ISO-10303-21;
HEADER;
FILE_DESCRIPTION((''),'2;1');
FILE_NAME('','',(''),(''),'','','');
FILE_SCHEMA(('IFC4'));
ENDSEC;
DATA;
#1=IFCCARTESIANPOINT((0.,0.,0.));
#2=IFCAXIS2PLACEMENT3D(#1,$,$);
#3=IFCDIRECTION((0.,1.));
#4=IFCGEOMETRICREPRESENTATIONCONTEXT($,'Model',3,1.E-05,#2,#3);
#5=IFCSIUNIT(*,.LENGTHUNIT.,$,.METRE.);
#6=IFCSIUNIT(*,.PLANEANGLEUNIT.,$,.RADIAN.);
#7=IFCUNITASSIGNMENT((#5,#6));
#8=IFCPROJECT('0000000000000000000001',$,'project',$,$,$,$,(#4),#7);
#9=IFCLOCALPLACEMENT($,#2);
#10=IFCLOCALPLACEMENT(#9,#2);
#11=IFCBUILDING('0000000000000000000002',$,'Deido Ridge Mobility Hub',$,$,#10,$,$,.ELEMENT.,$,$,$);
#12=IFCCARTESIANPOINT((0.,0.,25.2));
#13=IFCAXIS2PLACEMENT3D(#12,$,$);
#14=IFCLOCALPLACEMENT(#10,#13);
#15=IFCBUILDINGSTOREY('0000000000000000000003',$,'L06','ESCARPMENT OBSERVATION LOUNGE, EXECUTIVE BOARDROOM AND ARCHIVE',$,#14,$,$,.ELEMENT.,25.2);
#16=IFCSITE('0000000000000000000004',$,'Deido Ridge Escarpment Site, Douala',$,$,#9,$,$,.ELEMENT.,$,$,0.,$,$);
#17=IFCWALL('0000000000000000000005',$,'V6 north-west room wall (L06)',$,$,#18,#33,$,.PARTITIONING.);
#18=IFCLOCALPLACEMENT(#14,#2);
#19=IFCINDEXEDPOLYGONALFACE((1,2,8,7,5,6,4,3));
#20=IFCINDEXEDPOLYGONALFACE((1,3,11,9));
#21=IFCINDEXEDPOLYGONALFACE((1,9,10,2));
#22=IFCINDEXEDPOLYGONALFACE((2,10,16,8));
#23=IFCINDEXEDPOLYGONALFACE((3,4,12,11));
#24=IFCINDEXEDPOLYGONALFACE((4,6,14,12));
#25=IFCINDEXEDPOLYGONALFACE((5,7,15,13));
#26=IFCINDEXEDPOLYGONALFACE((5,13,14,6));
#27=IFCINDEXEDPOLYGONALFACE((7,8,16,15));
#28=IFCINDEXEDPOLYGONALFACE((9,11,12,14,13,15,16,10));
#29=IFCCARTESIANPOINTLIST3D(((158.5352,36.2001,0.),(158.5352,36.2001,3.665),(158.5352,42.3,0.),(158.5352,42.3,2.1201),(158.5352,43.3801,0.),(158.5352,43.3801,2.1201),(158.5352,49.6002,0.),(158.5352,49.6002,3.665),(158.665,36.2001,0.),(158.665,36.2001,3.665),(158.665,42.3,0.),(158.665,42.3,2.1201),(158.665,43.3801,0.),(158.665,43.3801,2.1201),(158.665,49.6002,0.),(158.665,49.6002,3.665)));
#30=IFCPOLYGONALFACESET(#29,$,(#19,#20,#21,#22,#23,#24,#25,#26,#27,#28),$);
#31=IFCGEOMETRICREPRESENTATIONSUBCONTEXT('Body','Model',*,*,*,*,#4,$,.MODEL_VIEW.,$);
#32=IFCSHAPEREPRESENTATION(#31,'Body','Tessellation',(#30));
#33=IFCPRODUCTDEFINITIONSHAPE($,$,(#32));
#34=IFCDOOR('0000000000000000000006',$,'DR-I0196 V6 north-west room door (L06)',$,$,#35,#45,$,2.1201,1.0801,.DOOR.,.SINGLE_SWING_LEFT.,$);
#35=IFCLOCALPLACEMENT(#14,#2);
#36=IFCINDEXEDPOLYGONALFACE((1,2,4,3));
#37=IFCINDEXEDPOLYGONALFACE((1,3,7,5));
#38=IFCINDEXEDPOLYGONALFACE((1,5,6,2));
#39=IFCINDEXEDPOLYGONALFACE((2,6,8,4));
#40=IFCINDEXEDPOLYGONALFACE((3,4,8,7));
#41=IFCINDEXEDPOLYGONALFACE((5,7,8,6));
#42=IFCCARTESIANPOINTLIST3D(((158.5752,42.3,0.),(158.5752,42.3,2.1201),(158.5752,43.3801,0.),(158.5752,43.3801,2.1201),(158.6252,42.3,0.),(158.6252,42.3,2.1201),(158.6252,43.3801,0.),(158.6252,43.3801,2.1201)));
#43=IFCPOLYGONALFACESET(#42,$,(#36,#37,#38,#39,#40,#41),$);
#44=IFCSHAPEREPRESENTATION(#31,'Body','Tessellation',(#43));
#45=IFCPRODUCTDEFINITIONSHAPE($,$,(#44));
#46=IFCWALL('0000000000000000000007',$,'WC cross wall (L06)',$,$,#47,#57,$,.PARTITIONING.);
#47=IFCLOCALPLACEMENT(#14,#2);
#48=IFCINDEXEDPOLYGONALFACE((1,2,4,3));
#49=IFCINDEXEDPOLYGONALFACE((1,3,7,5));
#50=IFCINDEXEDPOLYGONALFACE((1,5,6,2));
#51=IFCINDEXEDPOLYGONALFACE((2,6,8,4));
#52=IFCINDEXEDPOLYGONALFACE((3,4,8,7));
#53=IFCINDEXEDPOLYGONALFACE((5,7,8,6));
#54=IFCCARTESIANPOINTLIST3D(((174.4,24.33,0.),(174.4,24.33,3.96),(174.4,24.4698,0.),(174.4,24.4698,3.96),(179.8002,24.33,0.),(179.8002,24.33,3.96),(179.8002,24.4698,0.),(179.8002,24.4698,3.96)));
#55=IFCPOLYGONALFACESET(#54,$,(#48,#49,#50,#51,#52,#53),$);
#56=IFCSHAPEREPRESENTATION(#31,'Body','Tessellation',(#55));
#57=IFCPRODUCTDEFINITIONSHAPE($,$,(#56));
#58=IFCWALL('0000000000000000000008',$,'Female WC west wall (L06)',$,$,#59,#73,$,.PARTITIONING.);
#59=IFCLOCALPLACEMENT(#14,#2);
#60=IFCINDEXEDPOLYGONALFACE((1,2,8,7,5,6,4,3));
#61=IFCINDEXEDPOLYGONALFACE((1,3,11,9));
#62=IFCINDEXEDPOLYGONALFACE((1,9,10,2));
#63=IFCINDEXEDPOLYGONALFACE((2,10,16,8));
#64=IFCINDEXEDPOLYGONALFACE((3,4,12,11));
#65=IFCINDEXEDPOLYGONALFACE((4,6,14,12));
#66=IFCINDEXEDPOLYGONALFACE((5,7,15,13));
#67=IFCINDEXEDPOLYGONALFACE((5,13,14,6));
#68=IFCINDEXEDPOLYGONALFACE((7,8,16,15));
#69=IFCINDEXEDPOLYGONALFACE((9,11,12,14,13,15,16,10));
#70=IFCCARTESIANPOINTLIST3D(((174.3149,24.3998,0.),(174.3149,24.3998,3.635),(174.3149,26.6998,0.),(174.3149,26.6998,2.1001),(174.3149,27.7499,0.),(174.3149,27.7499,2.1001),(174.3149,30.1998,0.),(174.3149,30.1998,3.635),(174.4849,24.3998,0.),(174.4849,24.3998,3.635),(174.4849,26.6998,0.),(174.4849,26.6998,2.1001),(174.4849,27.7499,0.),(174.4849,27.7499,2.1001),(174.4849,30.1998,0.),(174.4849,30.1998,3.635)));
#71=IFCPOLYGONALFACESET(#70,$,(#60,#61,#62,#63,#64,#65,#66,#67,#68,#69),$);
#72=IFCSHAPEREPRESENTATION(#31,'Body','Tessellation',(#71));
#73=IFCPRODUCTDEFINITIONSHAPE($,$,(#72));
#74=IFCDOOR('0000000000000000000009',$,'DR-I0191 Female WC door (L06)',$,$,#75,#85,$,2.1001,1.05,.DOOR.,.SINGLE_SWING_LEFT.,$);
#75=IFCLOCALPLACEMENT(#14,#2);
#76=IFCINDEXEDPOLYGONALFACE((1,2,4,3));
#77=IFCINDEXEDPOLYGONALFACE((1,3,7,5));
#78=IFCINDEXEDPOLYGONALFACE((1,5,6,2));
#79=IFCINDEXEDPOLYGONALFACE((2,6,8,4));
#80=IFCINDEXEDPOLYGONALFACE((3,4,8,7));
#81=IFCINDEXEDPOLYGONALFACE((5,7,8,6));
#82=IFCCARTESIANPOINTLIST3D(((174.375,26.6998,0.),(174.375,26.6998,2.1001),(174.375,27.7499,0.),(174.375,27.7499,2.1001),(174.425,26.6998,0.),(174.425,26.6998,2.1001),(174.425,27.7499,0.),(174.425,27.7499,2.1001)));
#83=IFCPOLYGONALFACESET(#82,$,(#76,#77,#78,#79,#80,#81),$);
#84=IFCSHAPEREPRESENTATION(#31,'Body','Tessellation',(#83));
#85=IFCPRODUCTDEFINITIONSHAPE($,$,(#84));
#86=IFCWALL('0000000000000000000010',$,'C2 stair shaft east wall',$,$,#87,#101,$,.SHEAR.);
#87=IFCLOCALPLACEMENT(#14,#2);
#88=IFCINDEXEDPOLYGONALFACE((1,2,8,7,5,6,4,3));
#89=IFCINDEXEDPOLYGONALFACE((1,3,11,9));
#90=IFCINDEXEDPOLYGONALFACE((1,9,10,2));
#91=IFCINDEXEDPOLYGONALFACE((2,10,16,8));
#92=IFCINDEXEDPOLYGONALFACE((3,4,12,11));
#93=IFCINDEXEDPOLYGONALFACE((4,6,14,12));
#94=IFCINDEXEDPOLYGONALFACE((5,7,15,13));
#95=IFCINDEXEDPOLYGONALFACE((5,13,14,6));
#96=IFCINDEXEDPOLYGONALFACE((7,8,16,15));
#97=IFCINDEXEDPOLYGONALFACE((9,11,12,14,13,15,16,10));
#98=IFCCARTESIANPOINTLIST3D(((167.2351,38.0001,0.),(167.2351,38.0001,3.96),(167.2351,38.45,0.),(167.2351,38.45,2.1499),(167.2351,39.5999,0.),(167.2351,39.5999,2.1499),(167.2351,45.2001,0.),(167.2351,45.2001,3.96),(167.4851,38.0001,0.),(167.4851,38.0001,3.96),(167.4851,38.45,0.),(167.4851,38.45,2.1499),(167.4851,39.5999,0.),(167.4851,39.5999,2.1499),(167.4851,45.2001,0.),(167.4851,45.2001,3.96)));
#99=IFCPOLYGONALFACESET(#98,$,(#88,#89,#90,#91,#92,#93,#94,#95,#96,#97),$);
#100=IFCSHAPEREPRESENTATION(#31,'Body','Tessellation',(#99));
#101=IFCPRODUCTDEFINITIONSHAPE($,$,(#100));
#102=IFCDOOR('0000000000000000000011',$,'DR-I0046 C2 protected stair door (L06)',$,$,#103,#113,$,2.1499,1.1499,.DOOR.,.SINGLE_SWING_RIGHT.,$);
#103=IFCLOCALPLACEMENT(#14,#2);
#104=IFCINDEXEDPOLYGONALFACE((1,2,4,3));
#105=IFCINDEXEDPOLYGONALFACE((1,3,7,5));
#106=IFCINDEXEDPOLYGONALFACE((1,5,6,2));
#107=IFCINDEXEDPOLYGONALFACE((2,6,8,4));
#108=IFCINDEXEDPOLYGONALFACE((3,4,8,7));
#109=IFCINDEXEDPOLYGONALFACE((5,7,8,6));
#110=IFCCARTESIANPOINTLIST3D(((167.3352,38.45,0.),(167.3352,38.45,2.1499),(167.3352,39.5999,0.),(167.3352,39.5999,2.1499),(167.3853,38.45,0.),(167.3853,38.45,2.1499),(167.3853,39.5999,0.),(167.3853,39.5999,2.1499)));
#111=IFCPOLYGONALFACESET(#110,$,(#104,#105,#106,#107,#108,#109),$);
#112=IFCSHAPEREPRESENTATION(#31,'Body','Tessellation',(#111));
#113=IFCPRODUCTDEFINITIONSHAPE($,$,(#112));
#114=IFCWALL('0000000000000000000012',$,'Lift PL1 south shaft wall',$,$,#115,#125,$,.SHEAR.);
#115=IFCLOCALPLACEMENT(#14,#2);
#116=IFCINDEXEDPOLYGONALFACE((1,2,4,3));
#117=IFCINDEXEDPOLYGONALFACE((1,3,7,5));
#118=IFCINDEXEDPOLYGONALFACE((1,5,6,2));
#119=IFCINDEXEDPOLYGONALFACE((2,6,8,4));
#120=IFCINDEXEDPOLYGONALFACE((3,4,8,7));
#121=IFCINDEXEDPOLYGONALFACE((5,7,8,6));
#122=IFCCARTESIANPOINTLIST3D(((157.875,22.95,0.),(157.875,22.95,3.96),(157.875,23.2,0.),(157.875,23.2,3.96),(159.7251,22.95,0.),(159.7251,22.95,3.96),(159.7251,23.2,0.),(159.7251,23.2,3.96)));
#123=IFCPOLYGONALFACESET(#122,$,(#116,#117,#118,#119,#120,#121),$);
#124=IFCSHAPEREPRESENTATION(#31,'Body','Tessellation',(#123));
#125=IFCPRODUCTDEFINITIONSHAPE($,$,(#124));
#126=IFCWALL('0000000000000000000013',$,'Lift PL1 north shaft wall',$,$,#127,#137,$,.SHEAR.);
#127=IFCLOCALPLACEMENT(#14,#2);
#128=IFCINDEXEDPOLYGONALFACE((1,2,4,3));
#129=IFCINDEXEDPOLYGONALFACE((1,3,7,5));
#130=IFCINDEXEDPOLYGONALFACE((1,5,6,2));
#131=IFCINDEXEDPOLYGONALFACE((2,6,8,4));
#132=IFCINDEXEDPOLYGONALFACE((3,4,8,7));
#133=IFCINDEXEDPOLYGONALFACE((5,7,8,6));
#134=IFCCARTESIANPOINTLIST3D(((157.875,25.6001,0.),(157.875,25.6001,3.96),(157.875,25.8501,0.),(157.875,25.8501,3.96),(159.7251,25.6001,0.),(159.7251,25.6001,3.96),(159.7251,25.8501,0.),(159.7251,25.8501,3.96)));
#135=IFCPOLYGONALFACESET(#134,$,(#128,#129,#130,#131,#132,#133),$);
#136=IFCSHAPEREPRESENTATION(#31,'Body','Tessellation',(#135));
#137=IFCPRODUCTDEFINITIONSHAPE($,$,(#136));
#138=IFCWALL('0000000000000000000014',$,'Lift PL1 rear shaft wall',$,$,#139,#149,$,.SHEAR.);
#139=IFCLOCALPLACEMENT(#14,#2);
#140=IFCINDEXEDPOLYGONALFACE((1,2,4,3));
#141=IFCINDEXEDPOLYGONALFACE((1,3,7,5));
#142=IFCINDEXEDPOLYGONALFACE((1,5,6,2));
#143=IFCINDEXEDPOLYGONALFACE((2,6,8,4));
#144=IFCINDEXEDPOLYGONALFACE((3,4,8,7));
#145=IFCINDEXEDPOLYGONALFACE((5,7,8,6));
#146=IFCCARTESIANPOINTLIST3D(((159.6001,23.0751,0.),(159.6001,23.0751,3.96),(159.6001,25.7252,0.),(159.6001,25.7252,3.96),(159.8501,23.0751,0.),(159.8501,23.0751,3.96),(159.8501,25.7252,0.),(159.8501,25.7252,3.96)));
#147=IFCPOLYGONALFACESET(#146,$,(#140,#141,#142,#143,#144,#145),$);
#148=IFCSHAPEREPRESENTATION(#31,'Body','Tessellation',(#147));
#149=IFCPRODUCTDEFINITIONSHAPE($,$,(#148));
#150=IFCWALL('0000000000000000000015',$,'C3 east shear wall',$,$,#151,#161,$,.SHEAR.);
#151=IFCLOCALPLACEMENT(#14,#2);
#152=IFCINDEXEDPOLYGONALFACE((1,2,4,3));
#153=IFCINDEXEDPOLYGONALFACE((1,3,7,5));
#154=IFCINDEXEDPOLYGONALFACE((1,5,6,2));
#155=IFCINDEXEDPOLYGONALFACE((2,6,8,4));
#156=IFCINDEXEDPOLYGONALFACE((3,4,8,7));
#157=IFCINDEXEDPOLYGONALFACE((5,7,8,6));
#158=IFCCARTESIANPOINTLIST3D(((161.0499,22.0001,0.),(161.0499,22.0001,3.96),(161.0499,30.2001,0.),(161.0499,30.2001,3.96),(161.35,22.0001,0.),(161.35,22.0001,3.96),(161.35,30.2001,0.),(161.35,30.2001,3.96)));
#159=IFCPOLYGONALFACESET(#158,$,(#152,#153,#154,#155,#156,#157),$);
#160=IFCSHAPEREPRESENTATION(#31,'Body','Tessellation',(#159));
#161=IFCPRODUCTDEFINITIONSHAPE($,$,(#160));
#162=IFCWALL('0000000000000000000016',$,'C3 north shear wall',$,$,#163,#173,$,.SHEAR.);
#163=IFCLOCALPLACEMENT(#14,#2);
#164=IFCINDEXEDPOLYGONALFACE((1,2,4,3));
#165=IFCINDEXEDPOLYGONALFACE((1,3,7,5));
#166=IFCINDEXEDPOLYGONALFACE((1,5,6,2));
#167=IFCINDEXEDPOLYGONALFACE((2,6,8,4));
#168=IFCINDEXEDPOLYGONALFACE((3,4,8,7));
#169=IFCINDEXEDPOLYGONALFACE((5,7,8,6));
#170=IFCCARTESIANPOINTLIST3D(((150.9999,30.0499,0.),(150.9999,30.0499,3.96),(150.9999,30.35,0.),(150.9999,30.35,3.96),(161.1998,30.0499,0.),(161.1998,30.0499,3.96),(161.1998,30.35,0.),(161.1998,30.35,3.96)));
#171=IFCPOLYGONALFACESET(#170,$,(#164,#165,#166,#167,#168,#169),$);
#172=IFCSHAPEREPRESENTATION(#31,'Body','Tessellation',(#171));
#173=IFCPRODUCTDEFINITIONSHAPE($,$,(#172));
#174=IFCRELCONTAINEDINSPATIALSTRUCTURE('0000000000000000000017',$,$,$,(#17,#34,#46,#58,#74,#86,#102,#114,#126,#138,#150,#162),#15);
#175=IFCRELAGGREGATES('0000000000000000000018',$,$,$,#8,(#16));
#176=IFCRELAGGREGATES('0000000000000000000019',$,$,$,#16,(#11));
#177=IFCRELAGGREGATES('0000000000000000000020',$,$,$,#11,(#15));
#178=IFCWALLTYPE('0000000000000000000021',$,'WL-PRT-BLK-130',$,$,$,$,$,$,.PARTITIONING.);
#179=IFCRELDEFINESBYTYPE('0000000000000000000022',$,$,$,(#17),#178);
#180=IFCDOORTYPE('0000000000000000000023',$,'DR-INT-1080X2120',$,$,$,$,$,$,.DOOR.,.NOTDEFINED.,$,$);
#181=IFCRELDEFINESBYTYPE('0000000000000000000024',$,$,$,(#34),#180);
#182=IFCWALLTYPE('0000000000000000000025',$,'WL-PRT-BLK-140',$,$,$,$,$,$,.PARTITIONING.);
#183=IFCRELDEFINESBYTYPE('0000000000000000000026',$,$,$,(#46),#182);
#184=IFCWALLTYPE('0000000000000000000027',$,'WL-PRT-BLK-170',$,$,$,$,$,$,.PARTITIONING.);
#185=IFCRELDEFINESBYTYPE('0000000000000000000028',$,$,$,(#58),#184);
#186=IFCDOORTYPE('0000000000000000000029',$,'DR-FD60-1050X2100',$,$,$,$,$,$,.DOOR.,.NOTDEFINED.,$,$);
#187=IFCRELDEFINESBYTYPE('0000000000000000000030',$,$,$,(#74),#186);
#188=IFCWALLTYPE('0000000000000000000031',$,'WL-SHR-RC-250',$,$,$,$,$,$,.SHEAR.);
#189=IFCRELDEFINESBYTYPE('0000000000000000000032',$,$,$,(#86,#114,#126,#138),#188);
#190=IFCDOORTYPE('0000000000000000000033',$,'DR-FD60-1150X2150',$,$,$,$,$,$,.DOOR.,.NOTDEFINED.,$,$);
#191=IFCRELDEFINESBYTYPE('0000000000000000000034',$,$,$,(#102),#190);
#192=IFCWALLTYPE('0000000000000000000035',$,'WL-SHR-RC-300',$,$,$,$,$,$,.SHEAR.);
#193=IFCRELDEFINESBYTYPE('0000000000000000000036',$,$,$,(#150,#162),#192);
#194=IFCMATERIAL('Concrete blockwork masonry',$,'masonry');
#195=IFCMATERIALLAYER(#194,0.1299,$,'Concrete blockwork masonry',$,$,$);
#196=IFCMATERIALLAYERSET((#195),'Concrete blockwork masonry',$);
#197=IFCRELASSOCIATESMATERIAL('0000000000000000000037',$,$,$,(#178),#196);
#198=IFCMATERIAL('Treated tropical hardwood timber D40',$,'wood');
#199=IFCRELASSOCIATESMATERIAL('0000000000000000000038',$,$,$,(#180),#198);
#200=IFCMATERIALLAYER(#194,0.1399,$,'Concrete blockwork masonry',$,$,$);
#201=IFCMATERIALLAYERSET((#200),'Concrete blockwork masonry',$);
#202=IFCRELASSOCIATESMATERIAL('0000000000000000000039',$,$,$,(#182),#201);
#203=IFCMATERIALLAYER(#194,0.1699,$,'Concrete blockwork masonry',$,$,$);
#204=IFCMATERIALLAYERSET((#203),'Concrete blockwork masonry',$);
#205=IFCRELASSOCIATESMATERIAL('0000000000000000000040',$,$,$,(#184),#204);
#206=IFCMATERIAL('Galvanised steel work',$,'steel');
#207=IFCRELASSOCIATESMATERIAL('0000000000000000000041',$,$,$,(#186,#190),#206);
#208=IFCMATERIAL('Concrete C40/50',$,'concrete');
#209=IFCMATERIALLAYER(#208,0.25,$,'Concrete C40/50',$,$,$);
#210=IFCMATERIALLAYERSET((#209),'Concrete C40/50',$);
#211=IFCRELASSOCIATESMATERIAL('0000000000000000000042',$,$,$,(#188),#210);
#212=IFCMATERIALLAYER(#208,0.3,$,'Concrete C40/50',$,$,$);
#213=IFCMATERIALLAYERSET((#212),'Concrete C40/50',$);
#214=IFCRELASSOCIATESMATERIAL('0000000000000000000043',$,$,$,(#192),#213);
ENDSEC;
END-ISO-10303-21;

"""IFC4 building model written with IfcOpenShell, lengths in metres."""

from ifc_helpers import new_model, si_unit, direction, frame, frame_2d, origin, place, context, subcontext, project, spatial, rectangle, extrude, material, layer, layer_set, type_object, element, fill, save


model = new_model("IFC4")

# Units and contexts
model_context = context("Model", 3, precision=1e-05, world=origin(), true_north=direction((0.0, 1.0)))
body_context = subcontext(model_context, "Body", "Model", "MODEL_VIEW")
ifc_project = project(units=[si_unit("LENGTHUNIT", "METRE"), si_unit("PLANEANGLEUNIT", "RADIAN")], contexts=[model_context])

# Site, building, storey
site_placement = place(None, origin())
site = spatial("IfcSite", under=ifc_project, at=site_placement, Name="Deido Ridge Escarpment Site, Douala", CompositionType="ELEMENT", RefElevation=0.0)
building_placement = place(site_placement, origin())
building = spatial("IfcBuilding", under=site, at=building_placement, Name="Deido Ridge Mobility Hub", CompositionType="ELEMENT")
storey_placement = place(building_placement, frame((0.0, 0.0, 25.2)))
storey = spatial("IfcBuildingStorey", under=building, at=storey_placement, Name="L06", Description="ESCARPMENT OBSERVATION LOUNGE, EXECUTIVE BOARDROOM AND ARCHIVE", CompositionType="ELEMENT", Elevation=25.2)

# Wall, opening, door
ifc_material_1 = material(Name="Concrete blockwork masonry", Category="masonry")
ifc_layer_1 = layer(ifc_material_1, 0.1299, Name="Concrete blockwork masonry")
ifc_layer_set_1 = layer_set([ifc_layer_1], Name="Concrete blockwork masonry")
wall_type_1 = type_object("IfcWallType", Name="WL-PRT-BLK-130", PredefinedType="PARTITIONING", material=ifc_layer_set_1)
wall_1_placement = place(storey_placement, frame((158.6001, 36.2, 0.0), z_axis=(0.0, 0.0, 1.0), x_axis=(0.0, 1.0, 0.0)))
wall_1 = element("IfcWall", 1, at=wall_1_placement, inside=storey, type_object=wall_type_1, Name="V6 north-west room wall (L06)", PredefinedType="PARTITIONING", context=body_context, shape_type="SweptSolid", body=[
    extrude(rectangle(XDim=13.4001, YDim=0.1299, at=frame_2d((6.7002, 0.0))), origin(), (0.0, 0.0, 1.0), 3.665),
])
opening_1_placement = place(wall_1_placement, frame((6.1001, 0.0, 0.0)))
opening_1 = element("IfcOpeningElement", 2, at=opening_1_placement, cuts=wall_1, PredefinedType="OPENING", context=body_context, shape_type="SweptSolid", body=[
    extrude(rectangle(XDim=1.0801, YDim=2.1201, at=frame_2d((0.54, 1.0601))), frame((0.0, 0.075, 0.0), z_axis=(0.0, -1.0, 0.0), x_axis=(1.0, 0.0, 0.0)), (0.0, 0.0, 1.0), 0.1499),
])
ifc_material_2 = material(Name="Treated tropical hardwood timber D40", Category="wood")
door_type_1 = type_object("IfcDoorType", Name="DR-INT-1080X2120", OperationType="NOTDEFINED", PredefinedType="DOOR", material=ifc_material_2)
door_1_placement = place(opening_1_placement, origin())
door_1 = element("IfcDoor", 3, at=door_1_placement, inside=storey, type_object=door_type_1, Name="DR-I0196 V6 north-west room door (L06)", OperationType="SINGLE_SWING_LEFT", OverallHeight=2.1201, OverallWidth=1.0801, PredefinedType="DOOR", context=body_context, shape_type="SweptSolid", body=[
    extrude(rectangle(XDim=1.0801, YDim=2.1201, at=frame_2d((0.54, 1.0601))), frame((0.0, 0.0249, 0.0), z_axis=(0.0, -1.0, 0.0), x_axis=(1.0, 0.0, 0.0)), (0.0, 0.0, 1.0), 0.05),
])
fill(opening_1, door_1)

# Wall
ifc_layer_2 = layer(ifc_material_1, 0.1399, Name="Concrete blockwork masonry")
ifc_layer_set_2 = layer_set([ifc_layer_2], Name="Concrete blockwork masonry")
wall_type_2 = type_object("IfcWallType", Name="WL-PRT-BLK-140", PredefinedType="PARTITIONING", material=ifc_layer_set_2)
wall_2_placement = place(storey_placement, frame((174.3999, 24.3999, 0.0), z_axis=(0.0, 0.0, 1.0), x_axis=(1.0, 0.0, 0.0)))
element("IfcWall", 4, at=wall_2_placement, inside=storey, type_object=wall_type_2, Name="WC cross wall (L06)", PredefinedType="PARTITIONING", context=body_context, shape_type="SweptSolid", body=[
    extrude(rectangle(XDim=5.4001, YDim=0.1399, at=frame_2d((2.7002, 0.0))), origin(), (0.0, 0.0, 1.0), 3.96),
])

# Walls, openings, doors
ifc_layer_3 = layer(ifc_material_1, 0.1699, Name="Concrete blockwork masonry")
ifc_layer_set_3 = layer_set([ifc_layer_3], Name="Concrete blockwork masonry")
wall_type_3 = type_object("IfcWallType", Name="WL-PRT-BLK-170", PredefinedType="PARTITIONING", material=ifc_layer_set_3)
wall_3_placement = place(storey_placement, frame((174.3999, 24.3999, 0.0), z_axis=(0.0, 0.0, 1.0), x_axis=(0.0, 1.0, 0.0)))
wall_3 = element("IfcWall", 5, at=wall_3_placement, inside=storey, type_object=wall_type_3, Name="Female WC west wall (L06)", PredefinedType="PARTITIONING", context=body_context, shape_type="SweptSolid", body=[
    extrude(rectangle(XDim=5.8, YDim=0.1699, at=frame_2d((2.8999, 0.0))), origin(), (0.0, 0.0, 1.0), 3.635),
])
opening_2_placement = place(wall_3_placement, frame((2.3, 0.0, 0.0)))
opening_2 = element("IfcOpeningElement", 6, at=opening_2_placement, cuts=wall_3, PredefinedType="OPENING", context=body_context, shape_type="SweptSolid", body=[
    extrude(rectangle(XDim=1.05, YDim=2.1001, at=frame_2d((0.5249, 1.05))), frame((0.0, 0.095, 0.0), z_axis=(0.0, -1.0, 0.0), x_axis=(1.0, 0.0, 0.0)), (0.0, 0.0, 1.0), 0.1899),
])
ifc_material_3 = material(Name="Galvanised steel work", Category="steel")
door_type_2 = type_object("IfcDoorType", Name="DR-FD60-1050X2100", OperationType="NOTDEFINED", PredefinedType="DOOR", material=ifc_material_3)
door_2_placement = place(opening_2_placement, origin())
door_2 = element("IfcDoor", 7, at=door_2_placement, inside=storey, type_object=door_type_2, Name="DR-I0191 Female WC door (L06)", OperationType="SINGLE_SWING_LEFT", OverallHeight=2.1001, OverallWidth=1.05, PredefinedType="DOOR", context=body_context, shape_type="SweptSolid", body=[
    extrude(rectangle(XDim=1.05, YDim=2.1001, at=frame_2d((0.5249, 1.05))), frame((0.0, 0.0249, 0.0), z_axis=(0.0, -1.0, 0.0), x_axis=(1.0, 0.0, 0.0)), (0.0, 0.0, 1.0), 0.05),
])
fill(opening_2, door_2)
door_type_3 = type_object("IfcDoorType", Name="DR-FD60-1150X2150", OperationType="NOTDEFINED", PredefinedType="DOOR", material=ifc_material_3)
ifc_material_4 = material(Name="Concrete C40/50", Category="concrete")
ifc_layer_4 = layer(ifc_material_4, 0.25, Name="Concrete C40/50")
ifc_layer_set_4 = layer_set([ifc_layer_4], Name="Concrete C40/50")
wall_type_4 = type_object("IfcWallType", Name="WL-SHR-RC-250", PredefinedType="SHEAR", material=ifc_layer_set_4)
wall_4_placement = place(storey_placement, frame((167.3601, 38.0, 0.0), z_axis=(0.0, 0.0, 1.0), x_axis=(0.0, 1.0, 0.0)))
wall_4 = element("IfcWall", 8, at=wall_4_placement, inside=storey, type_object=wall_type_4, Name="C2 stair shaft east wall", PredefinedType="SHEAR", context=body_context, shape_type="SweptSolid", body=[
    extrude(rectangle(XDim=7.2, YDim=0.25, at=frame_2d((3.6001, 0.0))), origin(), (0.0, 0.0, 1.0), 3.96),
])
opening_3_placement = place(wall_4_placement, frame((0.45, 0.0, 0.0)))
opening_3 = element("IfcOpeningElement", 9, at=opening_3_placement, cuts=wall_4, PredefinedType="OPENING", context=body_context, shape_type="SweptSolid", body=[
    extrude(rectangle(XDim=1.1499, YDim=2.1499, at=frame_2d((0.575, 1.075))), frame((0.0, 0.135, 0.0), z_axis=(0.0, -1.0, 0.0), x_axis=(1.0, 0.0, 0.0)), (0.0, 0.0, 1.0), 0.27),
])
door_3_placement = place(opening_3_placement, origin())
door_3 = element("IfcDoor", 10, at=door_3_placement, inside=storey, type_object=door_type_3, Name="DR-I0046 C2 protected stair door (L06)", OperationType="SINGLE_SWING_RIGHT", OverallHeight=2.1499, OverallWidth=1.1499, PredefinedType="DOOR", context=body_context, shape_type="SweptSolid", body=[
    extrude(rectangle(XDim=1.1499, YDim=2.1499, at=frame_2d((0.575, 1.075))), frame((0.0, 0.0249, 0.0), z_axis=(0.0, -1.0, 0.0), x_axis=(1.0, 0.0, 0.0)), (0.0, 0.0, 1.0), 0.05),
])
fill(opening_3, door_3)

# Walls
for number, where, z_axis, x_axis, name in (
    (11, (157.875, 23.075, 0.0), (0.0, 0.0, 1.0), (1.0, 0.0, 0.0), "Lift PL1 south shaft wall"),
    (12, (157.875, 25.7251, 0.0), (0.0, 0.0, 1.0), (1.0, 0.0, 0.0), "Lift PL1 north shaft wall"),
):
    element("IfcWall", number, at=place(storey_placement, frame(where, z_axis=z_axis, x_axis=x_axis)), inside=storey, type_object=wall_type_4, Name=name, PredefinedType="SHEAR", context=body_context, shape_type="SweptSolid", body=[
        extrude(rectangle(XDim=1.8501, YDim=0.25, at=frame_2d((0.925, 0.0))), origin(), (0.0, 0.0, 1.0), 3.96),
    ])
wall_5_placement = place(storey_placement, frame((159.7251, 23.075, 0.0), z_axis=(0.0, 0.0, 1.0), x_axis=(0.0, 1.0, 0.0)))
element("IfcWall", 13, at=wall_5_placement, inside=storey, type_object=wall_type_4, Name="Lift PL1 rear shaft wall", PredefinedType="SHEAR", context=body_context, shape_type="SweptSolid", body=[
    extrude(rectangle(XDim=2.6501, YDim=0.25, at=frame_2d((1.3252, 0.0))), origin(), (0.0, 0.0, 1.0), 3.96),
])

# Walls
ifc_layer_5 = layer(ifc_material_4, 0.3, Name="Concrete C40/50")
ifc_layer_set_5 = layer_set([ifc_layer_5], Name="Concrete C40/50")
wall_type_5 = type_object("IfcWallType", Name="WL-SHR-RC-300", PredefinedType="SHEAR", material=ifc_layer_set_5)
wall_6_placement = place(storey_placement, frame((161.2, 22.0, 0.0), z_axis=(0.0, 0.0, 1.0), x_axis=(0.0, 1.0, 0.0)))
element("IfcWall", 14, at=wall_6_placement, inside=storey, type_object=wall_type_5, Name="C3 east shear wall", PredefinedType="SHEAR", context=body_context, shape_type="SweptSolid", body=[
    extrude(rectangle(XDim=8.2, YDim=0.3, at=frame_2d((4.1001, 0.0))), origin(), (0.0, 0.0, 1.0), 3.96),
])
wall_7_placement = place(storey_placement, frame((161.2, 30.2, 0.0), z_axis=(0.0, 0.0, 1.0), x_axis=(-1.0, 0.0, 0.0)))
element("IfcWall", 15, at=wall_7_placement, inside=storey, type_object=wall_type_5, Name="C3 north shear wall", PredefinedType="SHEAR", context=body_context, shape_type="SweptSolid", body=[
    extrude(rectangle(XDim=10.2, YDim=0.3, at=frame_2d((5.1001, 0.0))), origin(), (0.0, 0.0, 1.0), 3.96),
])

save(model, "model.ifc")
